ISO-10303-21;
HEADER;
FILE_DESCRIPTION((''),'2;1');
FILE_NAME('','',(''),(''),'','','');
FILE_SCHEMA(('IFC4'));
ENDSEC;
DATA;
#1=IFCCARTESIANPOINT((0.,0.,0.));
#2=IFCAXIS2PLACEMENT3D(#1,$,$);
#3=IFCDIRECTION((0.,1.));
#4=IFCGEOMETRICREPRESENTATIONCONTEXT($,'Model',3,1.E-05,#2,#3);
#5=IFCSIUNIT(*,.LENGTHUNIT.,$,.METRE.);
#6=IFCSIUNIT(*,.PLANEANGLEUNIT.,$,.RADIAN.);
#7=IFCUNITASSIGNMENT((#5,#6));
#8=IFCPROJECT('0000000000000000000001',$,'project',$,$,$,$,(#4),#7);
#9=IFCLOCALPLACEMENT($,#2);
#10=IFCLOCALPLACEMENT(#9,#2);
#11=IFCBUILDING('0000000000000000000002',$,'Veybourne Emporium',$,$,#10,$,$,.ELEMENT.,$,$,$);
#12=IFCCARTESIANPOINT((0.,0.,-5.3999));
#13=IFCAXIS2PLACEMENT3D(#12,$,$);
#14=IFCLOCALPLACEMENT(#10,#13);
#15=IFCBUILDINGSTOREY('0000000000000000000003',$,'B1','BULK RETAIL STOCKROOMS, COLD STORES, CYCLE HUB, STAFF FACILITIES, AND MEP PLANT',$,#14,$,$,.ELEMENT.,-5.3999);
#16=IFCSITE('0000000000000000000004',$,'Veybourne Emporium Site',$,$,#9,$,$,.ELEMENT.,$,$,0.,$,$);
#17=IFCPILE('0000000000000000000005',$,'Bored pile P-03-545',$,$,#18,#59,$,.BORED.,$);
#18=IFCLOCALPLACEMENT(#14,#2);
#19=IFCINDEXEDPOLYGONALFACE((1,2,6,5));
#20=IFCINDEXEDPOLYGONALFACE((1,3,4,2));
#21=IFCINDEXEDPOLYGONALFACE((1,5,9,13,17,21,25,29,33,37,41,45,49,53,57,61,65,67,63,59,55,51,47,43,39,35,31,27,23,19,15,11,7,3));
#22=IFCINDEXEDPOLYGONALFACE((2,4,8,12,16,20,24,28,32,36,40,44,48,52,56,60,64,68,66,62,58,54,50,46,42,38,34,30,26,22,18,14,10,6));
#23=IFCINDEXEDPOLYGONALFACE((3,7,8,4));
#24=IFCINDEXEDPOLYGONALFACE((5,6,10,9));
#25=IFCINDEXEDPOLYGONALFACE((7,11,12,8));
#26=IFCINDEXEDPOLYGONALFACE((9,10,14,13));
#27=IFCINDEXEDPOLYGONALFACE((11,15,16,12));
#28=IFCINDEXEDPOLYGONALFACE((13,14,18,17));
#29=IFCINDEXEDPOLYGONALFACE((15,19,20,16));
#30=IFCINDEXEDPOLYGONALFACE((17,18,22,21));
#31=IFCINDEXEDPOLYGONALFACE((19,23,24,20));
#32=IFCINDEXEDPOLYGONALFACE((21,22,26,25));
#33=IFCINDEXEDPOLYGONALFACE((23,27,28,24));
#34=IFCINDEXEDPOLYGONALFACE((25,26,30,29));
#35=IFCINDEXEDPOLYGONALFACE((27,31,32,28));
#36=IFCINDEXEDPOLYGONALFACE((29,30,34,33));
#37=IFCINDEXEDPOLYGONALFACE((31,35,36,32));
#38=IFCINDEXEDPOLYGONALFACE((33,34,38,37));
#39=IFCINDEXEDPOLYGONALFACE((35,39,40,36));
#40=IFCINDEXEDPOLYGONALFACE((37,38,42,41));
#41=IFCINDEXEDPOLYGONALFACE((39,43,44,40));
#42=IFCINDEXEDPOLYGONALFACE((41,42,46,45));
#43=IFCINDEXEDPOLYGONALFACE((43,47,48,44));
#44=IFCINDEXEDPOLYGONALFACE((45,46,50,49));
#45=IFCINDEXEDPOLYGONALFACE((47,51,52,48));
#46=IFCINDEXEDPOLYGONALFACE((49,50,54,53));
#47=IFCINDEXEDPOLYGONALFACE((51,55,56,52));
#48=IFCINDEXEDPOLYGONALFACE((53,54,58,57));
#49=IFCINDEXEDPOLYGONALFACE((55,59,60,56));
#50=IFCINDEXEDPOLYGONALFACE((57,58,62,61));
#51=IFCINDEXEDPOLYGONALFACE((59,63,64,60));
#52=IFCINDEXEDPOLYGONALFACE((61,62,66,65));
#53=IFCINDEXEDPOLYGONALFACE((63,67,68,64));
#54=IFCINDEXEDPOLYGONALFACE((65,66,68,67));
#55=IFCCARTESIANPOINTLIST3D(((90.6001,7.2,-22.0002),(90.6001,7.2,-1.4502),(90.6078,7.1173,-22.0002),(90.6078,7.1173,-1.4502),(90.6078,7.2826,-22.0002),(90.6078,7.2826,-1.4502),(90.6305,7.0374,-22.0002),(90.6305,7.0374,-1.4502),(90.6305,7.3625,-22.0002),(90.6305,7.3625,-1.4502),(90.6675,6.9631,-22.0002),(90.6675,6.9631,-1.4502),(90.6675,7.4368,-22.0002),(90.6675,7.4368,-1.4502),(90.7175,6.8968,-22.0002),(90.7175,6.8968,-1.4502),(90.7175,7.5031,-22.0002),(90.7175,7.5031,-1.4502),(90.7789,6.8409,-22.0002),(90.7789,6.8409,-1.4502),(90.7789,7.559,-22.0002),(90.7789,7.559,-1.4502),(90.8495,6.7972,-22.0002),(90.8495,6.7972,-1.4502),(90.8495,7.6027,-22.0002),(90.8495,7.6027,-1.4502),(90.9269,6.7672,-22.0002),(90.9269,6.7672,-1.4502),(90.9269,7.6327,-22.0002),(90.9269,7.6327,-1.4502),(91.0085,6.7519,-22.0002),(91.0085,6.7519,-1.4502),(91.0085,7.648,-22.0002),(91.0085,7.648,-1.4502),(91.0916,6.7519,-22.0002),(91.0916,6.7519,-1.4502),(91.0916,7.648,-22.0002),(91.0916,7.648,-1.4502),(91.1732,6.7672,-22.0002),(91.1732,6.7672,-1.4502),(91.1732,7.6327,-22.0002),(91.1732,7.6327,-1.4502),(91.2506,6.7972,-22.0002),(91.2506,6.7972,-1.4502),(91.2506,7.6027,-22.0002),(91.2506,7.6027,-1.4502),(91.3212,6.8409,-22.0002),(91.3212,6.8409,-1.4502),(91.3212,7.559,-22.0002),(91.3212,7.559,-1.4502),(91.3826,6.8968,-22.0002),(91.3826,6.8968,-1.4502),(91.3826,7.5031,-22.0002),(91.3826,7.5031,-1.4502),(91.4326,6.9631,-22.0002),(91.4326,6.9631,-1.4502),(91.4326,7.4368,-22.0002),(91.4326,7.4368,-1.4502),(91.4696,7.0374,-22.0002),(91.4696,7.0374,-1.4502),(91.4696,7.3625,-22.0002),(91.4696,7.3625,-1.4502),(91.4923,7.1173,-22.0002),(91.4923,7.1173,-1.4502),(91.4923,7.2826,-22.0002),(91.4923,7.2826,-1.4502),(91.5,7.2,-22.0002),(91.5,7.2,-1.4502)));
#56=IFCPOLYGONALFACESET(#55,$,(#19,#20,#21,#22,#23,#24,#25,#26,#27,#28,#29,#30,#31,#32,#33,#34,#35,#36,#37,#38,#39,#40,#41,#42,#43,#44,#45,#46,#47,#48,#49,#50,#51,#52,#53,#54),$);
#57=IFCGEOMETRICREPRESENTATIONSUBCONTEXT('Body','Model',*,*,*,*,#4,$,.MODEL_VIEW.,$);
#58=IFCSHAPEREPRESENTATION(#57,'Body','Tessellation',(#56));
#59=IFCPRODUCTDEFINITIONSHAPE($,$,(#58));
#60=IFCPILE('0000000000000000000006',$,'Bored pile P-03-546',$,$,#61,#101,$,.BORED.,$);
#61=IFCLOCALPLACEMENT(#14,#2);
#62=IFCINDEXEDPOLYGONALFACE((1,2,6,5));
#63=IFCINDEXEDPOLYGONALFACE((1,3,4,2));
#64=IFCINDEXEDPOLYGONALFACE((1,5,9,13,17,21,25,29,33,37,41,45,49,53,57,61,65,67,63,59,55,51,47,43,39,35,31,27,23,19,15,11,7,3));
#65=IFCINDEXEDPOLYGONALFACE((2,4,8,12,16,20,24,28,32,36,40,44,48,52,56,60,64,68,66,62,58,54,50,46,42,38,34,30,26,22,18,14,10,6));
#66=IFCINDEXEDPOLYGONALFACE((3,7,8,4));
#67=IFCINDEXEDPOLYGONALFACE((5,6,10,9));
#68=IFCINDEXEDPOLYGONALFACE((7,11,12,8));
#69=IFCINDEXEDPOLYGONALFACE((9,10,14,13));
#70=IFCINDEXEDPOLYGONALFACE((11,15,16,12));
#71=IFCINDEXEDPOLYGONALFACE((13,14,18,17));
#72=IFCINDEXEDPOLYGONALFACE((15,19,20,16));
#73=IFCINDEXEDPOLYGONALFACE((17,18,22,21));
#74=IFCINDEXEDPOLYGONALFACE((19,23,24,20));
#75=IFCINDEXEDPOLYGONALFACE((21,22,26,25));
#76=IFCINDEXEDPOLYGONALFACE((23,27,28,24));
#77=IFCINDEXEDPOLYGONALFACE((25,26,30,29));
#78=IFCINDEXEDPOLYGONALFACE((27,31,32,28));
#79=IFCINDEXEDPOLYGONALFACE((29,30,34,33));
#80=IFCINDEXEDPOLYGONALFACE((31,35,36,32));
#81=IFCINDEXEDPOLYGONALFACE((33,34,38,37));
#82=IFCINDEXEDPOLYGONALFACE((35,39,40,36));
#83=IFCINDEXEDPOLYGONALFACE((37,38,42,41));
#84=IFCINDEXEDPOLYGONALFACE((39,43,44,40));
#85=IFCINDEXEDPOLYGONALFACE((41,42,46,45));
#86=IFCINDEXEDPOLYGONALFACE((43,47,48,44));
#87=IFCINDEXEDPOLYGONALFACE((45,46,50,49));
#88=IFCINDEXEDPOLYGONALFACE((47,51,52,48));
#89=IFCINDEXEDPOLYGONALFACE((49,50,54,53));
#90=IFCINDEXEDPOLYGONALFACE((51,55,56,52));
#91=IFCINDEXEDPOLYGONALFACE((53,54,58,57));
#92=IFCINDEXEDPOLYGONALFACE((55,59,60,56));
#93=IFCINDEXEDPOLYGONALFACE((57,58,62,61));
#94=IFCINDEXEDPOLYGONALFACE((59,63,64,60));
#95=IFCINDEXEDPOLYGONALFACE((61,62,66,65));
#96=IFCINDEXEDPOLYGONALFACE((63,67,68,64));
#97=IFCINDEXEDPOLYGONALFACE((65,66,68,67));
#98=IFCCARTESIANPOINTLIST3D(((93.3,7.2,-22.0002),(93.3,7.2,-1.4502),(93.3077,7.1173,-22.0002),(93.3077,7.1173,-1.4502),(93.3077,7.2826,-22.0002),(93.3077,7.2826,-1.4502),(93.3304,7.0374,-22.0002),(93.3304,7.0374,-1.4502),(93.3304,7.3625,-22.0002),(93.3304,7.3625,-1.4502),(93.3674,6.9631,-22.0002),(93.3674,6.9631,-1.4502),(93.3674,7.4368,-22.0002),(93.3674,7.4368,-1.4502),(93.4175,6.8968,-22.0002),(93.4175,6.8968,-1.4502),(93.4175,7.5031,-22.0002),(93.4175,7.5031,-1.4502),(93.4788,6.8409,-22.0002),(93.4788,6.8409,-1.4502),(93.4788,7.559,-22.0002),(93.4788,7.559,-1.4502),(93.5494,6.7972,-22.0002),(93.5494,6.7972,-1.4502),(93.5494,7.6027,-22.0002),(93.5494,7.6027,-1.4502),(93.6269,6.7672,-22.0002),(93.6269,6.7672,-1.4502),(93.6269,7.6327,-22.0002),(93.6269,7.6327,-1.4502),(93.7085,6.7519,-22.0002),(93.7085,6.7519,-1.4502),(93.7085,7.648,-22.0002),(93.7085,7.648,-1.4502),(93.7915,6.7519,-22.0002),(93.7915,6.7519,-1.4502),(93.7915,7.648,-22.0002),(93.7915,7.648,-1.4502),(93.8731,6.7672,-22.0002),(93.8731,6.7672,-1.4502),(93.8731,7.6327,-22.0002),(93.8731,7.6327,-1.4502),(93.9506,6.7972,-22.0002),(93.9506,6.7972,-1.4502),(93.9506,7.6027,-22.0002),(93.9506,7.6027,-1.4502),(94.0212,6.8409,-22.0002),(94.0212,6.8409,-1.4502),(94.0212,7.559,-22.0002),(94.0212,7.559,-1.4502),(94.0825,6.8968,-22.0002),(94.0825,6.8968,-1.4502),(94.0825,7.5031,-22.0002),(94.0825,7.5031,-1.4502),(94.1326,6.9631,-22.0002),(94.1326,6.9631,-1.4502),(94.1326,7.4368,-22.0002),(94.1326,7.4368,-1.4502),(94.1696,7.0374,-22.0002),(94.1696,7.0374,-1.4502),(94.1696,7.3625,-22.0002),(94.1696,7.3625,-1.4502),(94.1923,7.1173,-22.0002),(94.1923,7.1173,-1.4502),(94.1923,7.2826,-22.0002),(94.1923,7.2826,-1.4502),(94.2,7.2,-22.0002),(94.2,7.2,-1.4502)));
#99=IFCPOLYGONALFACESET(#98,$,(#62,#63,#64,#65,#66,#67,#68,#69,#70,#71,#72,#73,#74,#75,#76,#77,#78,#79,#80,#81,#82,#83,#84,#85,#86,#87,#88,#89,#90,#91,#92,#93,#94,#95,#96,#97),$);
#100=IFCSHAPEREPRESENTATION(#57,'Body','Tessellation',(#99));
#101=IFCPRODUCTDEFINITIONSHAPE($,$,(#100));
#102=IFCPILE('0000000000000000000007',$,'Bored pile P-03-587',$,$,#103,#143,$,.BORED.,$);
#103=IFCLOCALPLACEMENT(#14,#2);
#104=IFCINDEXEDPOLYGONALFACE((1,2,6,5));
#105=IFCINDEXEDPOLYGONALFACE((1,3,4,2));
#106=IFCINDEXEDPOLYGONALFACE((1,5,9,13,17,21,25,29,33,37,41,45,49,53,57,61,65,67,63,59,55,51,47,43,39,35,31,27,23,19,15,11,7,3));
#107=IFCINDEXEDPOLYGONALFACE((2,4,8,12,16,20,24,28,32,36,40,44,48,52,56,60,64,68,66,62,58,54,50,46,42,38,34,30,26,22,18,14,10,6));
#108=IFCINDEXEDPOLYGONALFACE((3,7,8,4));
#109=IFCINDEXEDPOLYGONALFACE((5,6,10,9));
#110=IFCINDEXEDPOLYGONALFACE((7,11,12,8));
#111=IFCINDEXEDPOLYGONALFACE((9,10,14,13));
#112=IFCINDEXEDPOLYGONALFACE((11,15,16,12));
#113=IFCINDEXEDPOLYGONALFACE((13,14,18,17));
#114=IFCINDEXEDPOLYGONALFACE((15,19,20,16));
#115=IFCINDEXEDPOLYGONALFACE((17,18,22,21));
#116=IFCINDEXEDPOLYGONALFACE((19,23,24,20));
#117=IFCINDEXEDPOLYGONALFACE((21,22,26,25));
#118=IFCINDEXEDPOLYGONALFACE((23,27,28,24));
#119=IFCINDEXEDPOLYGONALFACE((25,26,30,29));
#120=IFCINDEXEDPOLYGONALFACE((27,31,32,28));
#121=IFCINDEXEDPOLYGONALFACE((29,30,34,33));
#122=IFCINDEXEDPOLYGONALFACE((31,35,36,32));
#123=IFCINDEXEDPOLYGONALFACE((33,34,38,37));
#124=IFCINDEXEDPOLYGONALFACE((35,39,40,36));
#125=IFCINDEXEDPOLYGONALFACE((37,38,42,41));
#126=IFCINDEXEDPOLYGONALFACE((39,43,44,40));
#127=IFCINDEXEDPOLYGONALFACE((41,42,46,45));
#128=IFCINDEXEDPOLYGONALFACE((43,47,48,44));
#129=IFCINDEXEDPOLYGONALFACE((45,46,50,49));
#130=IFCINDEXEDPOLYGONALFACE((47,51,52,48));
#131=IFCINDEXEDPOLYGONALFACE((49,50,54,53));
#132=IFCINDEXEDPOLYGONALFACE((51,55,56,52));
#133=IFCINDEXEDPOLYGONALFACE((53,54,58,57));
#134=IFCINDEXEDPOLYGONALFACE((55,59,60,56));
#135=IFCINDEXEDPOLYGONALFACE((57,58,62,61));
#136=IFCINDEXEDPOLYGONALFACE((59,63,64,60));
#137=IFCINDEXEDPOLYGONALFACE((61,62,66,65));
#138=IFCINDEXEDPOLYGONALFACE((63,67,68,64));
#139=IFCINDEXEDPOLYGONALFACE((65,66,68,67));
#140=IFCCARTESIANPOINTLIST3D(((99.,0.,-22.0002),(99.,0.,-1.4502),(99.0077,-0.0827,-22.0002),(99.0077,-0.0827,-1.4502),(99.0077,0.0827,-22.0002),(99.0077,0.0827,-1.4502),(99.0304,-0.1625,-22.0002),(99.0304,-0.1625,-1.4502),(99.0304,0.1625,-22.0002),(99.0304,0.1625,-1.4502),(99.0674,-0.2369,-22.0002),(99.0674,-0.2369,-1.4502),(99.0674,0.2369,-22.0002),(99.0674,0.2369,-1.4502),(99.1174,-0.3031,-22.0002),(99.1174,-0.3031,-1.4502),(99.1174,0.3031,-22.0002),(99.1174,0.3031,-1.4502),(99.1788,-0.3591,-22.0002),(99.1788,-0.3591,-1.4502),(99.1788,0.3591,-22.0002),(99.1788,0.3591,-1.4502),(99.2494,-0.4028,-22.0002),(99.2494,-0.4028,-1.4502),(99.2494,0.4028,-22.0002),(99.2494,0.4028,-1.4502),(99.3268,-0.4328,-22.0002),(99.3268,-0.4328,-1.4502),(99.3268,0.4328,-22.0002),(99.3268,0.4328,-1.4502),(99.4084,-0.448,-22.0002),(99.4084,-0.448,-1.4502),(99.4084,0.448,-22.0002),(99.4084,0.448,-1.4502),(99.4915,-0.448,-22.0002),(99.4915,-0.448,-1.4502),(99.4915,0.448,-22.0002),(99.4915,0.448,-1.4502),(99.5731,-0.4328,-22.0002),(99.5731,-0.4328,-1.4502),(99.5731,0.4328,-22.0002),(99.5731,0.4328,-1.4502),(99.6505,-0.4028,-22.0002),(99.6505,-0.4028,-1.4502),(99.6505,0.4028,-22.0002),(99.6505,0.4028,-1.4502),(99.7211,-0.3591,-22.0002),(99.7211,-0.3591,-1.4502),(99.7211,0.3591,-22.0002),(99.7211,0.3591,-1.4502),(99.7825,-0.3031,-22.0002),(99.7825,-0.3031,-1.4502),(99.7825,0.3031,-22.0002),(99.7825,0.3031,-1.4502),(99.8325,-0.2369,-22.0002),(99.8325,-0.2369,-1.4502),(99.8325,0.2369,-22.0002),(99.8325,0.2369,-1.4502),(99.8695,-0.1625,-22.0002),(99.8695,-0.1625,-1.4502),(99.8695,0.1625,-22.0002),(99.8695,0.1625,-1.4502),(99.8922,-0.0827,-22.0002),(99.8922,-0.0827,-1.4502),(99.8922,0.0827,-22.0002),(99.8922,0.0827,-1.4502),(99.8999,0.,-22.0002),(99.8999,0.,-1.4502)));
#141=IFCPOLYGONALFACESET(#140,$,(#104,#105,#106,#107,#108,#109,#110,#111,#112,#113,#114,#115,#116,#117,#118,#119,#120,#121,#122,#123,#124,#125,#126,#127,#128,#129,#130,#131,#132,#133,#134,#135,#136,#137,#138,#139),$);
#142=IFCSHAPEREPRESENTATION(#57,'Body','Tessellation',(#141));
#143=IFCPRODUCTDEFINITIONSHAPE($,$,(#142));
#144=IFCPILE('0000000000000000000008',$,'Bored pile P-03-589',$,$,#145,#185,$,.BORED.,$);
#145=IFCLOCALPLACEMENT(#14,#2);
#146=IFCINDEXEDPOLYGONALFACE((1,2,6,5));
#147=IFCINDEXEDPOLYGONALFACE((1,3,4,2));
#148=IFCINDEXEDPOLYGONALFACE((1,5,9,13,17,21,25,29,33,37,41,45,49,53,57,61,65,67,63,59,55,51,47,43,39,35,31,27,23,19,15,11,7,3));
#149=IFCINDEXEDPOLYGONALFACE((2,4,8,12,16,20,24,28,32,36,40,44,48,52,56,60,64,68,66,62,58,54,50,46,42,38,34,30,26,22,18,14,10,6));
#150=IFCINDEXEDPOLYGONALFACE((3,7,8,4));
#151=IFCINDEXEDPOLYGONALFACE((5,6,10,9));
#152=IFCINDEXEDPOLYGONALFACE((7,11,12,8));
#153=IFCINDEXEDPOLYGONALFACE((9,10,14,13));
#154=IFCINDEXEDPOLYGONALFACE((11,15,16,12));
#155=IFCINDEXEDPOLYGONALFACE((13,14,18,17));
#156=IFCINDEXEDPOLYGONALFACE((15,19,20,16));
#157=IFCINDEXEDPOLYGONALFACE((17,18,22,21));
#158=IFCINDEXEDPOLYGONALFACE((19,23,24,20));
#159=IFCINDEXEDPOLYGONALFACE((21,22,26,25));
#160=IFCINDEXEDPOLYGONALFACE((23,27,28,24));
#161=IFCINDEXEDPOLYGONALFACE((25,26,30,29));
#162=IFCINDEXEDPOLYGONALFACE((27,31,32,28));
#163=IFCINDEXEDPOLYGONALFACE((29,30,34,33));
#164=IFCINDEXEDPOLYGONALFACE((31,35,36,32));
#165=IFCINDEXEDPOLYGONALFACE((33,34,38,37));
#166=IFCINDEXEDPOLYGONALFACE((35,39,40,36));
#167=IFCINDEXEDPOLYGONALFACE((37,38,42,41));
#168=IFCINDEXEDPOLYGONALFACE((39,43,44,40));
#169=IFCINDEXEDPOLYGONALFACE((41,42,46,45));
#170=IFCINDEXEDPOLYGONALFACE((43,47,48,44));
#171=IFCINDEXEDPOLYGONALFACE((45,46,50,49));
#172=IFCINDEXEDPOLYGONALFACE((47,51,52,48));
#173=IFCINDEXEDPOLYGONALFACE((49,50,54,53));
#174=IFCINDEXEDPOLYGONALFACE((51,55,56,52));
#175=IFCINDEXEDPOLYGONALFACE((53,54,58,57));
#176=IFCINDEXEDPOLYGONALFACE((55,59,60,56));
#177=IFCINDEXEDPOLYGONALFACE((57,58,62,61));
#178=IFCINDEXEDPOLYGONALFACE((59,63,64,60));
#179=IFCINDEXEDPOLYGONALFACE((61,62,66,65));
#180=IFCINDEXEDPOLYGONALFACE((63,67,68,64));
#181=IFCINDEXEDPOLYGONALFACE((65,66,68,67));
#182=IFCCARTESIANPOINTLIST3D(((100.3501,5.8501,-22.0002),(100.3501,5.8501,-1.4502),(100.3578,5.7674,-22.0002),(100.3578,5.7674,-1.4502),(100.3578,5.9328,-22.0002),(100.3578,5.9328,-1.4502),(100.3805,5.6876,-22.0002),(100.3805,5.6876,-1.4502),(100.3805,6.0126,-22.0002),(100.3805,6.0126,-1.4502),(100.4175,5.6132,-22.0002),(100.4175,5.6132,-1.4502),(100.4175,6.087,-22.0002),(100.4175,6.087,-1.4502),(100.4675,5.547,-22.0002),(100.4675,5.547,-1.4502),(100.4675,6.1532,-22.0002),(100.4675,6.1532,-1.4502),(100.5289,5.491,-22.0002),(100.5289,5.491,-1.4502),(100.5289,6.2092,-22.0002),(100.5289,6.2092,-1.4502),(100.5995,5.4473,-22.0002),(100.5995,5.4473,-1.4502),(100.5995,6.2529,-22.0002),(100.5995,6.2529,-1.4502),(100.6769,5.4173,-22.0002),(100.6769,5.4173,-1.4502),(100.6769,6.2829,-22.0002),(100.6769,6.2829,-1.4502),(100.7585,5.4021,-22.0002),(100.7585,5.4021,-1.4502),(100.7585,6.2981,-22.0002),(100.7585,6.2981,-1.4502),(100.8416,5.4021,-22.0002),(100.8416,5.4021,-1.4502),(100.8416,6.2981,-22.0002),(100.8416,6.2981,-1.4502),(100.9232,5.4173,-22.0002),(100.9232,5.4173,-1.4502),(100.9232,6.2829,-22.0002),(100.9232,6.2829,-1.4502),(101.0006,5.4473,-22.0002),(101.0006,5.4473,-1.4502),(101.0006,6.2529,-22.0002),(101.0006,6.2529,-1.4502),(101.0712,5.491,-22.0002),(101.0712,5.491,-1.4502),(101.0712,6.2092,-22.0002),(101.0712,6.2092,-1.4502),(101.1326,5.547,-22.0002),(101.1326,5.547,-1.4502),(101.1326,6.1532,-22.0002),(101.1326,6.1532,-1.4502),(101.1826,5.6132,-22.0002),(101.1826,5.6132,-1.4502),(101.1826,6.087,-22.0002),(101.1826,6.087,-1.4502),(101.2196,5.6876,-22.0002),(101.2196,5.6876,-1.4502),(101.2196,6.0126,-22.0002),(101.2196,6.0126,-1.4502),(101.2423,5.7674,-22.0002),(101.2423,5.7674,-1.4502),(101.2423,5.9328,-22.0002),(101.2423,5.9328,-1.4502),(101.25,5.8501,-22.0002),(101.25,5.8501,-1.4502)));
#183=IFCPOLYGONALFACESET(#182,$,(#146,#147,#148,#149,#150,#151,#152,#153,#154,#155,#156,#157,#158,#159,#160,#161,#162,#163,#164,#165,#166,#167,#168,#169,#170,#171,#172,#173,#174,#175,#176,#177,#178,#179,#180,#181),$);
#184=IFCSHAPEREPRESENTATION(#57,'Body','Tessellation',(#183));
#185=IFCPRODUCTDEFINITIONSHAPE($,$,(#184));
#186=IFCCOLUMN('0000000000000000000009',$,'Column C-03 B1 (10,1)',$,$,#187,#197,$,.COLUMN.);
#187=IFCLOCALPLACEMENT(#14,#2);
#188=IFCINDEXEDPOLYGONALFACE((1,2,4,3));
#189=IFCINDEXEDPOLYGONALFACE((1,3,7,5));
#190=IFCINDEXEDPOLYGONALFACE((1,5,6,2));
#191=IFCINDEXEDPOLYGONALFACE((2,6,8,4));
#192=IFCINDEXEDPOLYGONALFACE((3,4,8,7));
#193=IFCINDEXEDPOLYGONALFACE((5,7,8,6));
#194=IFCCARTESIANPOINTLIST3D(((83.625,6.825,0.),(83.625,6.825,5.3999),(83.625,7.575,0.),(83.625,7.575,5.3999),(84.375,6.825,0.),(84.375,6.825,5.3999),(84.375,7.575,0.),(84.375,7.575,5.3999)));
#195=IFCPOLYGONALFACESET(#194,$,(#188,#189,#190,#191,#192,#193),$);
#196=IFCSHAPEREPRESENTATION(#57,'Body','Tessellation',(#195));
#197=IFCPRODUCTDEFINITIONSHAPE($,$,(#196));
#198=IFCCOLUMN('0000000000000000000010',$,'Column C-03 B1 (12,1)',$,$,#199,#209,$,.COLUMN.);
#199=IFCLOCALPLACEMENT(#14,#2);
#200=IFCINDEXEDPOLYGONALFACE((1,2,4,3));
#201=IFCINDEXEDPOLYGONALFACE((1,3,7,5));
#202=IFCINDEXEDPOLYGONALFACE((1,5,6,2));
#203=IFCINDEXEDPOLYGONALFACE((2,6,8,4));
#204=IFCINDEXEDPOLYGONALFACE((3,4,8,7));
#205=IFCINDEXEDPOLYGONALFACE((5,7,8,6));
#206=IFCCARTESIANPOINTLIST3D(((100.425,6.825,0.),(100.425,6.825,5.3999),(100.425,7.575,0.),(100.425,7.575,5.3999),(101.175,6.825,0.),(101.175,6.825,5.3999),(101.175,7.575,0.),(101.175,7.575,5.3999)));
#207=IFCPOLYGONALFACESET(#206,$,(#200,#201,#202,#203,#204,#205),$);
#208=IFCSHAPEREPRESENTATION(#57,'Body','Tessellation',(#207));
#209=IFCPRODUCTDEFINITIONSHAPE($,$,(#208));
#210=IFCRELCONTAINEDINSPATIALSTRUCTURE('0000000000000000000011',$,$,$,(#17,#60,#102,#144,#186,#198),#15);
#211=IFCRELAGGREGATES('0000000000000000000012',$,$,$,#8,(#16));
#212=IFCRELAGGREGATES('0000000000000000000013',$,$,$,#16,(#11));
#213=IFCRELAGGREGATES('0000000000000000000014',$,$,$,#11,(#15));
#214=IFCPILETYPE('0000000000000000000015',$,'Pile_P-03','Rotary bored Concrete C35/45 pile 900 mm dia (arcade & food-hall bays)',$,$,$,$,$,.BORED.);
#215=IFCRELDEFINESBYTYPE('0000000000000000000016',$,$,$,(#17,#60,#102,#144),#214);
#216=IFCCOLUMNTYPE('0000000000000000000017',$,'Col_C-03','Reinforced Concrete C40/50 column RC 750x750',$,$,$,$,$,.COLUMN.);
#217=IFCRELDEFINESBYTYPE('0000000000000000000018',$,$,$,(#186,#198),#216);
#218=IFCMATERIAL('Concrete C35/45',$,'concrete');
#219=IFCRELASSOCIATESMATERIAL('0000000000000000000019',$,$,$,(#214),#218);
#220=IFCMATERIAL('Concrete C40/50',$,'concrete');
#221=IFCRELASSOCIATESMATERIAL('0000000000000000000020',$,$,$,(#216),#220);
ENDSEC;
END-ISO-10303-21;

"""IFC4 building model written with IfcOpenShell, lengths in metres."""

from ifc_helpers import new_model, si_unit, direction, frame, origin, origin_2d, place, context, subcontext, project, spatial, rectangle, circle, extrude, material, material_profile, profile_set, type_object, element, save


model = new_model("IFC4")

# Units and contexts
model_context = context("Model", 3, precision=1e-05, world=origin(), true_north=direction((0.0, 1.0)))
body_context = subcontext(model_context, "Body", "Model", "MODEL_VIEW")
ifc_project = project(units=[si_unit("LENGTHUNIT", "METRE"), si_unit("PLANEANGLEUNIT", "RADIAN")], contexts=[model_context])

# Site, building, storey
site_placement = place(None, origin())
site = spatial("IfcSite", under=ifc_project, at=site_placement, Name="Veybourne Emporium Site", CompositionType="ELEMENT", RefElevation=0.0)
building_placement = place(site_placement, origin())
building = spatial("IfcBuilding", under=site, at=building_placement, Name="Veybourne Emporium", CompositionType="ELEMENT")
storey_placement = place(building_placement, frame((0.0, 0.0, -5.3999)))
storey = spatial("IfcBuildingStorey", under=building, at=storey_placement, Name="B1", Description="BULK RETAIL STOCKROOMS, COLD STORES, CYCLE HUB, STAFF FACILITIES, AND MEP PLANT", CompositionType="ELEMENT", Elevation=-5.3999)

# Shared definitions
ifc_material_1 = material(Name="Concrete C35/45", Category="concrete")

# Piles
ifc_material_profile_1 = material_profile(ifc_material_1, circle(Radius=0.45, at=origin_2d()), Name="BORED PILE 900")
ifc_profile_set_1 = profile_set([ifc_material_profile_1], Name="Concrete C35/45")
pile_type = type_object("IfcPileType", Name="Pile_P-03", Description="Rotary bored Concrete C35/45 pile 900 mm dia (arcade & food-hall bays)", PredefinedType="BORED", material=ifc_profile_set_1)
for number, where, z_axis, x_axis, name in (
    (1, (91.05, 7.2, -1.4502), (0.0, 0.0, -1.0), (1.0, 0.0, 0.0), "Bored pile P-03-545"),
    (2, (93.75, 7.2, -1.4502), (0.0, 0.0, -1.0), (1.0, 0.0, 0.0), "Bored pile P-03-546"),
    (3, (99.45, 0.0, -1.4502), (0.0, 0.0, -1.0), (1.0, 0.0, 0.0), "Bored pile P-03-587"),
    (4, (100.8, 5.8501, -1.4502), (0.0, 0.0, -1.0), (1.0, 0.0, 0.0), "Bored pile P-03-589"),
):
    element("IfcPile", number, at=place(storey_placement, frame(where, z_axis=z_axis, x_axis=x_axis)), inside=storey, type_object=pile_type, Name=name, PredefinedType="BORED", context=body_context, shape_type="SweptSolid", body=[
        extrude(circle(Radius=0.45, at=origin_2d()), origin(), (0.0, 0.0, 1.0), 20.55),
    ])

# Columns
ifc_material_2 = material(Name="Concrete C40/50", Category="concrete")
ifc_material_profile_2 = material_profile(ifc_material_2, rectangle(XDim=0.75, YDim=0.75, at=origin_2d()), Name="RC 750x750")
ifc_profile_set_2 = profile_set([ifc_material_profile_2], Name="Concrete C40/50")
column_type_1 = type_object("IfcColumnType", Name="Col_C-03", Description="Reinforced Concrete C40/50 column RC 750x750", PredefinedType="COLUMN", material=ifc_profile_set_2)
for number, where, z_axis, x_axis, name in (
    (5, (84.0, 7.2, 0.0), (0.0, 0.0, 1.0), (1.0, 0.0, 0.0), "Column C-03 B1 (10,1)"),
    (6, (100.8, 7.2, 0.0), (0.0, 0.0, 1.0), (1.0, 0.0, 0.0), "Column C-03 B1 (12,1)"),
):
    element("IfcColumn", number, at=place(storey_placement, frame(where, z_axis=z_axis, x_axis=x_axis)), inside=storey, type_object=column_type_1, Name=name, PredefinedType="COLUMN", context=body_context, shape_type="SweptSolid", body=[
        extrude(rectangle(XDim=0.75, YDim=0.75, at=origin_2d()), origin(), (0.0, 0.0, 1.0), 5.3999),
    ])

save(model, "model.ifc")
